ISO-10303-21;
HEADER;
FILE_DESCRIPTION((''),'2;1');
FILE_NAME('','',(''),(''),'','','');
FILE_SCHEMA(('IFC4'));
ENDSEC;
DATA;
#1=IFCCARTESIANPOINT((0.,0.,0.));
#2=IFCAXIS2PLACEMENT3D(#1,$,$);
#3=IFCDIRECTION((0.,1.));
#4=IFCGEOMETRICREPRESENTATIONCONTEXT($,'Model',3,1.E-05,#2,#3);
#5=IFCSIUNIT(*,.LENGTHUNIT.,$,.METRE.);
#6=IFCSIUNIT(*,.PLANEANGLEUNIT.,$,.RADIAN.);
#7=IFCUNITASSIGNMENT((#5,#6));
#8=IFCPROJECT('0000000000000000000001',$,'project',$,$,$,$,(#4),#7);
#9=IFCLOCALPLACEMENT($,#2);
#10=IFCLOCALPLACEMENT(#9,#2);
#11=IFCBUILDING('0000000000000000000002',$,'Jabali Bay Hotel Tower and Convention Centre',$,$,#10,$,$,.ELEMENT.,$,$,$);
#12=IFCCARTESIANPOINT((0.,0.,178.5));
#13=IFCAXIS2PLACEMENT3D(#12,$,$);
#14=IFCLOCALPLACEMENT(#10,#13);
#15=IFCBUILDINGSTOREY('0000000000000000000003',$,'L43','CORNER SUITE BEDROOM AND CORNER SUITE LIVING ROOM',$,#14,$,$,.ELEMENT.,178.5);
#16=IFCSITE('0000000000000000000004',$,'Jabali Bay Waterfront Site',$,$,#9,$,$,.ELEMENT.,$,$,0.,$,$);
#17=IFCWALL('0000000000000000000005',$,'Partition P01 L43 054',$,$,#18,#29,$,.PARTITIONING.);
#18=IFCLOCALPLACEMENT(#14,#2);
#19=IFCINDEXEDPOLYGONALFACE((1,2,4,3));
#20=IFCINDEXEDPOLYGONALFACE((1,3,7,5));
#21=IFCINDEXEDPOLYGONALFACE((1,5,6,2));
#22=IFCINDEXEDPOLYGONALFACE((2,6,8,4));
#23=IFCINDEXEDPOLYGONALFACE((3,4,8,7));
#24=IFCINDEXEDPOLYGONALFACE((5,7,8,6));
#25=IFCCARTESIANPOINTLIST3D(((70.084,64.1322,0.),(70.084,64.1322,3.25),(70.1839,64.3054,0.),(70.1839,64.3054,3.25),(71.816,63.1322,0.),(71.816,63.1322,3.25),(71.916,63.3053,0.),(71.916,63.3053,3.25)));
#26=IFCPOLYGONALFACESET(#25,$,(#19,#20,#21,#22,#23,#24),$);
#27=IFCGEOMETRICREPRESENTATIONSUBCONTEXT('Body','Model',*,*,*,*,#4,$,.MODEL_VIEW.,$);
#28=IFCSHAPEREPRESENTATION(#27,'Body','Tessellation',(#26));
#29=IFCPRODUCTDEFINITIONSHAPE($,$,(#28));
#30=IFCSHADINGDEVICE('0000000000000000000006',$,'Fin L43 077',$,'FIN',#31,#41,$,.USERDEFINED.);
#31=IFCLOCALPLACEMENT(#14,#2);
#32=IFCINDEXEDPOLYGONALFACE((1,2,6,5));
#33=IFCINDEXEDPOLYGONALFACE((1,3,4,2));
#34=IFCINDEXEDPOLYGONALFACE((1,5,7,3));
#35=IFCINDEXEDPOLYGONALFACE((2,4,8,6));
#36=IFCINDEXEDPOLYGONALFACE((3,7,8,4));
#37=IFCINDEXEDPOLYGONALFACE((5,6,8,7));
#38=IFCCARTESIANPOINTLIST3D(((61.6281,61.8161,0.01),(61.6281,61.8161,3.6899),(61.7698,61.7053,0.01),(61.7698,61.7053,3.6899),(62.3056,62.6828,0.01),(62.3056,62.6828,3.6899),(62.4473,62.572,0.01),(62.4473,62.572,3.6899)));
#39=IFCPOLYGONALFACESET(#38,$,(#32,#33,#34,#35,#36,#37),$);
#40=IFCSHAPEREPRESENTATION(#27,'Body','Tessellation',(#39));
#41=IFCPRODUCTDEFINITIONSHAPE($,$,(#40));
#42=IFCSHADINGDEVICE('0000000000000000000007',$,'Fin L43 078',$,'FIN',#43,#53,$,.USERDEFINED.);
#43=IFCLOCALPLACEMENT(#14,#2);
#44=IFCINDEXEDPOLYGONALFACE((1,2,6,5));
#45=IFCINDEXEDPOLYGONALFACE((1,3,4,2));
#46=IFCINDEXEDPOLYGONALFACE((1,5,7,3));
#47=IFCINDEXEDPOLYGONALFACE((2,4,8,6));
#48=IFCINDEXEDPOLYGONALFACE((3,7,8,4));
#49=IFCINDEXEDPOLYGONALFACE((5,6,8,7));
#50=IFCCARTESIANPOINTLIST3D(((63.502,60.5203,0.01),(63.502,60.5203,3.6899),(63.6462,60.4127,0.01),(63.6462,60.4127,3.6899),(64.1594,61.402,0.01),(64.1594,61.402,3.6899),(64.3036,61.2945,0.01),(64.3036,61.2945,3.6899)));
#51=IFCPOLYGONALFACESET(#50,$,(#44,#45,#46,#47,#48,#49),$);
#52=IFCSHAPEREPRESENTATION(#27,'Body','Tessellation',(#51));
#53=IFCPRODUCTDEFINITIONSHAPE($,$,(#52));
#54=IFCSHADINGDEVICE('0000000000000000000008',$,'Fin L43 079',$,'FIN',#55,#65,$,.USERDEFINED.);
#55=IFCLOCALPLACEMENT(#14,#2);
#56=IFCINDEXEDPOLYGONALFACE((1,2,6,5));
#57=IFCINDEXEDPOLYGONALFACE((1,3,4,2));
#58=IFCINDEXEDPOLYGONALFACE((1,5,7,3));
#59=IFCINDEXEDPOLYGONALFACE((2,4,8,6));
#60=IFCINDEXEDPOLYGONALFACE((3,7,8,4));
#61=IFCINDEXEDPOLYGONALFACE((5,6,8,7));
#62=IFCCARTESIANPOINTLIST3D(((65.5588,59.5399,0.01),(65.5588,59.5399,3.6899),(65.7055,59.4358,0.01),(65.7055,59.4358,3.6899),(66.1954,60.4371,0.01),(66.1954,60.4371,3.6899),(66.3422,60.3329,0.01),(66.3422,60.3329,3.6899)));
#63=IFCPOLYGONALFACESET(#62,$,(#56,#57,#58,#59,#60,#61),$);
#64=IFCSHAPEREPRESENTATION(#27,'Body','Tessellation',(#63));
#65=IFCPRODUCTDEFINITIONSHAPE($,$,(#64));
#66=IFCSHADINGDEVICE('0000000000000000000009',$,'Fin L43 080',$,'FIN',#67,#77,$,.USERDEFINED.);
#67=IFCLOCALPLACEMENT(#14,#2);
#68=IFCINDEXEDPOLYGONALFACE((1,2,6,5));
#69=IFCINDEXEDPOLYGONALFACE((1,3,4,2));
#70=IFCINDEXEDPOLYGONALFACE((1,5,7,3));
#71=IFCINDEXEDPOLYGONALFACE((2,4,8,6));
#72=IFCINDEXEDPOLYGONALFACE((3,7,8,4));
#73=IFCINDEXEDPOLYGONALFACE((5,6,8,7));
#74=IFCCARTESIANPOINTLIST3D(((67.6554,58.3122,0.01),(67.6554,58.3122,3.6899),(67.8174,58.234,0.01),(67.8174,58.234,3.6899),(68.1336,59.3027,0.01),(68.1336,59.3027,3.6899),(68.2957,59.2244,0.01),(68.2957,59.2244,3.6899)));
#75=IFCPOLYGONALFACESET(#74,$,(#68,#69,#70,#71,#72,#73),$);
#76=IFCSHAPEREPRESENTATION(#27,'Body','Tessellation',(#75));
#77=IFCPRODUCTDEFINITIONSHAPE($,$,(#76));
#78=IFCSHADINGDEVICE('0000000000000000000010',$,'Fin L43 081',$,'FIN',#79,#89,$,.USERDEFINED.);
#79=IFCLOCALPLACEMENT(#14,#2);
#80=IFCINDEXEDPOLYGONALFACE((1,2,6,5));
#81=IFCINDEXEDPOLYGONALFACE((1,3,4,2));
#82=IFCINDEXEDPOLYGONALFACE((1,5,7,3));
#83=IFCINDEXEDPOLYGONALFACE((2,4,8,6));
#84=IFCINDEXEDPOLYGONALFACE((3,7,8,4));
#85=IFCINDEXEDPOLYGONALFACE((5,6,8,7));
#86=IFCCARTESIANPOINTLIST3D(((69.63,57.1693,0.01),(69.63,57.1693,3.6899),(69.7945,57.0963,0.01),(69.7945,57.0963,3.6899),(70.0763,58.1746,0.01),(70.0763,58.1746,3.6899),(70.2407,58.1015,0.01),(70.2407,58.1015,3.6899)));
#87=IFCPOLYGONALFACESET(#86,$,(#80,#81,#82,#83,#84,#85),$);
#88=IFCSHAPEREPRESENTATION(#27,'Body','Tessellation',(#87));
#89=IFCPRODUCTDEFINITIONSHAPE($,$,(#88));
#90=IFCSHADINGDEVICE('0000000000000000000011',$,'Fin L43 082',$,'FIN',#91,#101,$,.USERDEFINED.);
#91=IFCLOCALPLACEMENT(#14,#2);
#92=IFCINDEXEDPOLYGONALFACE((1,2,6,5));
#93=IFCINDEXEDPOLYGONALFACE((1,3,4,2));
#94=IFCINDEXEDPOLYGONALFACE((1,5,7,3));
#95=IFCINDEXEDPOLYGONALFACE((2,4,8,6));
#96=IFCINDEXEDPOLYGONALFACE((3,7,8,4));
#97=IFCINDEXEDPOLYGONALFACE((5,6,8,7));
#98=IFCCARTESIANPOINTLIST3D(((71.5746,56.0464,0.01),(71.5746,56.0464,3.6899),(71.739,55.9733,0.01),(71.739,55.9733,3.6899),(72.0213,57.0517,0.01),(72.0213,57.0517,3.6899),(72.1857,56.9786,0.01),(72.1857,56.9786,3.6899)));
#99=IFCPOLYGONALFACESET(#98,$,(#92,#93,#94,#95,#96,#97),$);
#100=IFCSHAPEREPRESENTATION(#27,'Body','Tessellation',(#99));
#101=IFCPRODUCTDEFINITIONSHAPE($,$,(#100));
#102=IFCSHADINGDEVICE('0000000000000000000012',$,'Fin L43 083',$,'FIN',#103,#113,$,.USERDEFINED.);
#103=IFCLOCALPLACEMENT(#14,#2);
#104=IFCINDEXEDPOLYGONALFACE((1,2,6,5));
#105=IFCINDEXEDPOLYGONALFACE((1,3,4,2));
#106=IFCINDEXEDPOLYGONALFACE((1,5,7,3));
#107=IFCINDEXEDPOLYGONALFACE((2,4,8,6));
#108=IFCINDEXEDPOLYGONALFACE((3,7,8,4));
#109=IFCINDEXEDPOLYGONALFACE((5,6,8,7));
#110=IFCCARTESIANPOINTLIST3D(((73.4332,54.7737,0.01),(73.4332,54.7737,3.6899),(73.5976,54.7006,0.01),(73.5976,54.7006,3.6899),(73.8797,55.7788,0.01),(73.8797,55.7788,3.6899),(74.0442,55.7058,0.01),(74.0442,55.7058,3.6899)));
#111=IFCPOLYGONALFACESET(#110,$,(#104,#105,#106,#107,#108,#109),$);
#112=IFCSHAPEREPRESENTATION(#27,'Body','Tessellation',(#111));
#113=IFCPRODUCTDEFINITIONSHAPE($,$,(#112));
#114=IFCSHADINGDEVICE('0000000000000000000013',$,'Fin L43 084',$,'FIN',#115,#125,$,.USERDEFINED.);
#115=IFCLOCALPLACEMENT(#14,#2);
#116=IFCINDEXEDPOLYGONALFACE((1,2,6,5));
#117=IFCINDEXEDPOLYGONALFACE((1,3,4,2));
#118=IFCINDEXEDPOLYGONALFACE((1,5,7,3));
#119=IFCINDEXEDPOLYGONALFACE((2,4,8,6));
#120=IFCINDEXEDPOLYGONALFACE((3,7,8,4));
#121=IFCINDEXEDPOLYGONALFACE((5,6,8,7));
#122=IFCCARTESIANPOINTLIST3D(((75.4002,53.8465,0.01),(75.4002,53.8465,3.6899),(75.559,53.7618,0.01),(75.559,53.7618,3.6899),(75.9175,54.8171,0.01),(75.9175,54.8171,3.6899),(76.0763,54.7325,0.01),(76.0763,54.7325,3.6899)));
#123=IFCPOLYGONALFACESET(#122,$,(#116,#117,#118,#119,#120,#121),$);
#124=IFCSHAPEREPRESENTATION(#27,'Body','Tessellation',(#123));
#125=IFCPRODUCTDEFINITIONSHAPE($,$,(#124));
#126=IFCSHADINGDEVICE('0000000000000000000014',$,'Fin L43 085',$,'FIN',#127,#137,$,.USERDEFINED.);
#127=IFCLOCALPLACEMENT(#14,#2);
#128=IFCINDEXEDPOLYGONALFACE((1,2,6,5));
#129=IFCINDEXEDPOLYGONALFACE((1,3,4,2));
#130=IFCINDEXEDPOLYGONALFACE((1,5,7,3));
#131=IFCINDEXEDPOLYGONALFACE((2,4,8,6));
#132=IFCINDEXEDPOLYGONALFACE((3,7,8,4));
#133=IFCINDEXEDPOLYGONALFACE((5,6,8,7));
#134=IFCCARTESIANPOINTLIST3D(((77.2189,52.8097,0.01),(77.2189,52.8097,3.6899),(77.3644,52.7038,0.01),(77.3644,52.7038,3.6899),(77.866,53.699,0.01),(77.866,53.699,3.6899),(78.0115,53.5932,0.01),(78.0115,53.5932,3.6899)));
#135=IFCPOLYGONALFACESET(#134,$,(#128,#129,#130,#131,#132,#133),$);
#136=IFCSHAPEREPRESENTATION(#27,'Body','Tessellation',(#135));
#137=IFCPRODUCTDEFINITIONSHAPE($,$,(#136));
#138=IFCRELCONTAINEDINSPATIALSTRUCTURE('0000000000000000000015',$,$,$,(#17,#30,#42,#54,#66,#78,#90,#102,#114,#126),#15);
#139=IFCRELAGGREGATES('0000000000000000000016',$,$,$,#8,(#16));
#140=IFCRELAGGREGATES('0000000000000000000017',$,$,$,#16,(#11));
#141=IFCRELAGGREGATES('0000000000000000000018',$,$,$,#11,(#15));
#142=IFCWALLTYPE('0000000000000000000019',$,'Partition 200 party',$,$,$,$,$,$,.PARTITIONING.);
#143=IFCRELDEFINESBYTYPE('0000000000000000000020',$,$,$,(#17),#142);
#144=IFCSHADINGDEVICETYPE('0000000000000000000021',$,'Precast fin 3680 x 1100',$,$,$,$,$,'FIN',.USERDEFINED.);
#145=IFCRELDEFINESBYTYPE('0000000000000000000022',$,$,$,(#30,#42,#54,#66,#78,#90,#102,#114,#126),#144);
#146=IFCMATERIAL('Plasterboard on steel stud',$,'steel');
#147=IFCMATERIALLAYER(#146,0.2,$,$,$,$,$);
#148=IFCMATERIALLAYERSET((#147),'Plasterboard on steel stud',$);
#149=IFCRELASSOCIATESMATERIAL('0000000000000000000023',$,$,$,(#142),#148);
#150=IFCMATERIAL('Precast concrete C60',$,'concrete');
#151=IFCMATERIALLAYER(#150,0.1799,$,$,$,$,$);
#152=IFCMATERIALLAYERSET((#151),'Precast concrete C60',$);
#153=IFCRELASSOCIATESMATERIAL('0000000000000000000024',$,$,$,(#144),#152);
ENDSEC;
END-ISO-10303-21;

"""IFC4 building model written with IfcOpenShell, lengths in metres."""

from ifc_helpers import new_model, si_unit, direction, frame, frame_2d, origin, place, context, subcontext, project, spatial, rectangle, extrude, material, layer, layer_set, type_object, element, save


model = new_model("IFC4")

# Units and contexts
model_context = context("Model", 3, precision=1e-05, world=origin(), true_north=direction((0.0, 1.0)))
body_context = subcontext(model_context, "Body", "Model", "MODEL_VIEW")
ifc_project = project(units=[si_unit("LENGTHUNIT", "METRE"), si_unit("PLANEANGLEUNIT", "RADIAN")], contexts=[model_context])

# Site, building, storey
site_placement = place(None, origin())
site = spatial("IfcSite", under=ifc_project, at=site_placement, Name="Jabali Bay Waterfront Site", CompositionType="ELEMENT", RefElevation=0.0)
building_placement = place(site_placement, origin())
building = spatial("IfcBuilding", under=site, at=building_placement, Name="Jabali Bay Hotel Tower and Convention Centre", CompositionType="ELEMENT")
storey_placement = place(building_placement, frame((0.0, 0.0, 178.5)))
storey = spatial("IfcBuildingStorey", under=building, at=storey_placement, Name="L43", Description="CORNER SUITE BEDROOM AND CORNER SUITE LIVING ROOM", CompositionType="ELEMENT", Elevation=178.5)

# Shared definitions
ifc_material_1 = material(Name="Plasterboard on steel stud", Category="steel")

# Wall
ifc_layer_1 = layer(ifc_material_1, 0.2)
ifc_layer_set_1 = layer_set([ifc_layer_1], Name="Plasterboard on steel stud")
wall_type_1 = type_object("IfcWallType", Name="Partition 200 party", PredefinedType="PARTITIONING", material=ifc_layer_set_1)
wall_1_placement = place(storey_placement, frame((71.866, 63.2188, 0.0), z_axis=(0.0, 0.0, 1.0), x_axis=(-0.866011, 0.500025, 0.0)))
element("IfcWall", 1, at=wall_1_placement, inside=storey, type_object=wall_type_1, Name="Partition P01 L43 054", PredefinedType="PARTITIONING", context=body_context, shape_type="SweptSolid", body=[
    extrude(rectangle(XDim=2.0, YDim=0.2, at=frame_2d((1.0, 0.0))), origin(), (0.0, 0.0, 1.0), 3.25),
])

# Shading devices
ifc_material_2 = material(Name="Precast concrete C60", Category="concrete")
ifc_layer_2 = layer(ifc_material_2, 0.1799)
ifc_layer_set_2 = layer_set([ifc_layer_2], Name="Precast concrete C60")
shading_device_type = type_object("IfcShadingDeviceType", Name="Precast fin 3680 x 1100", ElementType="FIN", PredefinedType="USERDEFINED", material=ifc_layer_set_2)
shading_device_1_placement = place(storey_placement, frame((62.3765, 62.6274, 0.01), z_axis=(0.0, 0.0, 1.0), x_axis=(-0.615859, -0.787856, 0.0)))
element("IfcShadingDevice", 2, at=shading_device_1_placement, inside=storey, type_object=shading_device_type, Name="Fin L43 077", ObjectType="FIN", PredefinedType="USERDEFINED", context=body_context, shape_type="SweptSolid", body=[
    extrude(rectangle(XDim=1.1001, YDim=0.1799, at=frame_2d((0.55, 0.0))), origin(), (0.0, 0.0, 1.0), 3.6799),
])
shading_device_2_placement = place(storey_placement, frame((64.2314, 61.3481, 0.01), z_axis=(0.0, 0.0, 1.0), x_axis=(-0.597725, -0.801701, 0.0)))
element("IfcShadingDevice", 3, at=shading_device_2_placement, inside=storey, type_object=shading_device_type, Name="Fin L43 078", ObjectType="FIN", PredefinedType="USERDEFINED", context=body_context, shape_type="SweptSolid", body=[
    extrude(rectangle(XDim=1.0999, YDim=0.1799, at=frame_2d((0.5498, 0.0))), origin(), (0.0, 0.0, 1.0), 3.6799),
])
shading_device_3_placement = place(storey_placement, frame((66.2688, 60.385, 0.01), z_axis=(0.0, 0.0, 1.0), x_axis=(-0.578737, -0.815514, 0.0)))
element("IfcShadingDevice", 4, at=shading_device_3_placement, inside=storey, type_object=shading_device_type, Name="Fin L43 079", ObjectType="FIN", PredefinedType="USERDEFINED", context=body_context, shape_type="SweptSolid", body=[
    extrude(rectangle(XDim=1.1001, YDim=0.1799, at=frame_2d((0.55, 0.0))), origin(), (0.0, 0.0, 1.0), 3.6799),
])
for number, where, z_axis, x_axis, name in (
    (5, (68.2146, 59.2634, 0.01), (0.0, 0.0, 1.0), (-0.43483, -0.900513, 0.0), "Fin L43 080"),
    (6, (70.1584, 58.1379, 0.01), (0.0, 0.0, 1.0), (-0.405727, -0.913995, 0.0), "Fin L43 081"),
):
    element("IfcShadingDevice", number, at=place(storey_placement, frame(where, z_axis=z_axis, x_axis=x_axis)), inside=storey, type_object=shading_device_type, Name=name, ObjectType="FIN", PredefinedType="USERDEFINED", context=body_context, shape_type="SweptSolid", body=[
        extrude(rectangle(XDim=1.0999, YDim=0.1799, at=frame_2d((0.5498, 0.0))), origin(), (0.0, 0.0, 1.0), 3.6799),
    ])
shading_device_4_placement = place(storey_placement, frame((72.1035, 57.0151, 0.01), z_axis=(0.0, 0.0, 1.0), x_axis=(-0.406097, -0.91383, 0.0)))
element("IfcShadingDevice", 7, at=shading_device_4_placement, inside=storey, type_object=shading_device_type, Name="Fin L43 082", ObjectType="FIN", PredefinedType="USERDEFINED", context=body_context, shape_type="SweptSolid", body=[
    extrude(rectangle(XDim=1.1001, YDim=0.1799, at=frame_2d((0.55, 0.0))), origin(), (0.0, 0.0, 1.0), 3.6799),
])
for number, where, z_axis, x_axis, name in (
    (8, (73.9619, 55.7422, 0.01), (0.0, 0.0, 1.0), (-0.405994, -0.913876, 0.0), "Fin L43 083"),
    (9, (75.9968, 54.7747, 0.01), (0.0, 0.0, 1.0), (-0.470323, -0.882494, 0.0), "Fin L43 084"),
    (10, (77.9387, 53.646, 0.01), (0.0, 0.0, 1.0), (-0.588396, -0.808573, 0.0), "Fin L43 085"),
):
    element("IfcShadingDevice", number, at=place(storey_placement, frame(where, z_axis=z_axis, x_axis=x_axis)), inside=storey, type_object=shading_device_type, Name=name, ObjectType="FIN", PredefinedType="USERDEFINED", context=body_context, shape_type="SweptSolid", body=[
        extrude(rectangle(XDim=1.0999, YDim=0.1799, at=frame_2d((0.5498, 0.0))), origin(), (0.0, 0.0, 1.0), 3.6799),
    ])

save(model, "model.ifc")
